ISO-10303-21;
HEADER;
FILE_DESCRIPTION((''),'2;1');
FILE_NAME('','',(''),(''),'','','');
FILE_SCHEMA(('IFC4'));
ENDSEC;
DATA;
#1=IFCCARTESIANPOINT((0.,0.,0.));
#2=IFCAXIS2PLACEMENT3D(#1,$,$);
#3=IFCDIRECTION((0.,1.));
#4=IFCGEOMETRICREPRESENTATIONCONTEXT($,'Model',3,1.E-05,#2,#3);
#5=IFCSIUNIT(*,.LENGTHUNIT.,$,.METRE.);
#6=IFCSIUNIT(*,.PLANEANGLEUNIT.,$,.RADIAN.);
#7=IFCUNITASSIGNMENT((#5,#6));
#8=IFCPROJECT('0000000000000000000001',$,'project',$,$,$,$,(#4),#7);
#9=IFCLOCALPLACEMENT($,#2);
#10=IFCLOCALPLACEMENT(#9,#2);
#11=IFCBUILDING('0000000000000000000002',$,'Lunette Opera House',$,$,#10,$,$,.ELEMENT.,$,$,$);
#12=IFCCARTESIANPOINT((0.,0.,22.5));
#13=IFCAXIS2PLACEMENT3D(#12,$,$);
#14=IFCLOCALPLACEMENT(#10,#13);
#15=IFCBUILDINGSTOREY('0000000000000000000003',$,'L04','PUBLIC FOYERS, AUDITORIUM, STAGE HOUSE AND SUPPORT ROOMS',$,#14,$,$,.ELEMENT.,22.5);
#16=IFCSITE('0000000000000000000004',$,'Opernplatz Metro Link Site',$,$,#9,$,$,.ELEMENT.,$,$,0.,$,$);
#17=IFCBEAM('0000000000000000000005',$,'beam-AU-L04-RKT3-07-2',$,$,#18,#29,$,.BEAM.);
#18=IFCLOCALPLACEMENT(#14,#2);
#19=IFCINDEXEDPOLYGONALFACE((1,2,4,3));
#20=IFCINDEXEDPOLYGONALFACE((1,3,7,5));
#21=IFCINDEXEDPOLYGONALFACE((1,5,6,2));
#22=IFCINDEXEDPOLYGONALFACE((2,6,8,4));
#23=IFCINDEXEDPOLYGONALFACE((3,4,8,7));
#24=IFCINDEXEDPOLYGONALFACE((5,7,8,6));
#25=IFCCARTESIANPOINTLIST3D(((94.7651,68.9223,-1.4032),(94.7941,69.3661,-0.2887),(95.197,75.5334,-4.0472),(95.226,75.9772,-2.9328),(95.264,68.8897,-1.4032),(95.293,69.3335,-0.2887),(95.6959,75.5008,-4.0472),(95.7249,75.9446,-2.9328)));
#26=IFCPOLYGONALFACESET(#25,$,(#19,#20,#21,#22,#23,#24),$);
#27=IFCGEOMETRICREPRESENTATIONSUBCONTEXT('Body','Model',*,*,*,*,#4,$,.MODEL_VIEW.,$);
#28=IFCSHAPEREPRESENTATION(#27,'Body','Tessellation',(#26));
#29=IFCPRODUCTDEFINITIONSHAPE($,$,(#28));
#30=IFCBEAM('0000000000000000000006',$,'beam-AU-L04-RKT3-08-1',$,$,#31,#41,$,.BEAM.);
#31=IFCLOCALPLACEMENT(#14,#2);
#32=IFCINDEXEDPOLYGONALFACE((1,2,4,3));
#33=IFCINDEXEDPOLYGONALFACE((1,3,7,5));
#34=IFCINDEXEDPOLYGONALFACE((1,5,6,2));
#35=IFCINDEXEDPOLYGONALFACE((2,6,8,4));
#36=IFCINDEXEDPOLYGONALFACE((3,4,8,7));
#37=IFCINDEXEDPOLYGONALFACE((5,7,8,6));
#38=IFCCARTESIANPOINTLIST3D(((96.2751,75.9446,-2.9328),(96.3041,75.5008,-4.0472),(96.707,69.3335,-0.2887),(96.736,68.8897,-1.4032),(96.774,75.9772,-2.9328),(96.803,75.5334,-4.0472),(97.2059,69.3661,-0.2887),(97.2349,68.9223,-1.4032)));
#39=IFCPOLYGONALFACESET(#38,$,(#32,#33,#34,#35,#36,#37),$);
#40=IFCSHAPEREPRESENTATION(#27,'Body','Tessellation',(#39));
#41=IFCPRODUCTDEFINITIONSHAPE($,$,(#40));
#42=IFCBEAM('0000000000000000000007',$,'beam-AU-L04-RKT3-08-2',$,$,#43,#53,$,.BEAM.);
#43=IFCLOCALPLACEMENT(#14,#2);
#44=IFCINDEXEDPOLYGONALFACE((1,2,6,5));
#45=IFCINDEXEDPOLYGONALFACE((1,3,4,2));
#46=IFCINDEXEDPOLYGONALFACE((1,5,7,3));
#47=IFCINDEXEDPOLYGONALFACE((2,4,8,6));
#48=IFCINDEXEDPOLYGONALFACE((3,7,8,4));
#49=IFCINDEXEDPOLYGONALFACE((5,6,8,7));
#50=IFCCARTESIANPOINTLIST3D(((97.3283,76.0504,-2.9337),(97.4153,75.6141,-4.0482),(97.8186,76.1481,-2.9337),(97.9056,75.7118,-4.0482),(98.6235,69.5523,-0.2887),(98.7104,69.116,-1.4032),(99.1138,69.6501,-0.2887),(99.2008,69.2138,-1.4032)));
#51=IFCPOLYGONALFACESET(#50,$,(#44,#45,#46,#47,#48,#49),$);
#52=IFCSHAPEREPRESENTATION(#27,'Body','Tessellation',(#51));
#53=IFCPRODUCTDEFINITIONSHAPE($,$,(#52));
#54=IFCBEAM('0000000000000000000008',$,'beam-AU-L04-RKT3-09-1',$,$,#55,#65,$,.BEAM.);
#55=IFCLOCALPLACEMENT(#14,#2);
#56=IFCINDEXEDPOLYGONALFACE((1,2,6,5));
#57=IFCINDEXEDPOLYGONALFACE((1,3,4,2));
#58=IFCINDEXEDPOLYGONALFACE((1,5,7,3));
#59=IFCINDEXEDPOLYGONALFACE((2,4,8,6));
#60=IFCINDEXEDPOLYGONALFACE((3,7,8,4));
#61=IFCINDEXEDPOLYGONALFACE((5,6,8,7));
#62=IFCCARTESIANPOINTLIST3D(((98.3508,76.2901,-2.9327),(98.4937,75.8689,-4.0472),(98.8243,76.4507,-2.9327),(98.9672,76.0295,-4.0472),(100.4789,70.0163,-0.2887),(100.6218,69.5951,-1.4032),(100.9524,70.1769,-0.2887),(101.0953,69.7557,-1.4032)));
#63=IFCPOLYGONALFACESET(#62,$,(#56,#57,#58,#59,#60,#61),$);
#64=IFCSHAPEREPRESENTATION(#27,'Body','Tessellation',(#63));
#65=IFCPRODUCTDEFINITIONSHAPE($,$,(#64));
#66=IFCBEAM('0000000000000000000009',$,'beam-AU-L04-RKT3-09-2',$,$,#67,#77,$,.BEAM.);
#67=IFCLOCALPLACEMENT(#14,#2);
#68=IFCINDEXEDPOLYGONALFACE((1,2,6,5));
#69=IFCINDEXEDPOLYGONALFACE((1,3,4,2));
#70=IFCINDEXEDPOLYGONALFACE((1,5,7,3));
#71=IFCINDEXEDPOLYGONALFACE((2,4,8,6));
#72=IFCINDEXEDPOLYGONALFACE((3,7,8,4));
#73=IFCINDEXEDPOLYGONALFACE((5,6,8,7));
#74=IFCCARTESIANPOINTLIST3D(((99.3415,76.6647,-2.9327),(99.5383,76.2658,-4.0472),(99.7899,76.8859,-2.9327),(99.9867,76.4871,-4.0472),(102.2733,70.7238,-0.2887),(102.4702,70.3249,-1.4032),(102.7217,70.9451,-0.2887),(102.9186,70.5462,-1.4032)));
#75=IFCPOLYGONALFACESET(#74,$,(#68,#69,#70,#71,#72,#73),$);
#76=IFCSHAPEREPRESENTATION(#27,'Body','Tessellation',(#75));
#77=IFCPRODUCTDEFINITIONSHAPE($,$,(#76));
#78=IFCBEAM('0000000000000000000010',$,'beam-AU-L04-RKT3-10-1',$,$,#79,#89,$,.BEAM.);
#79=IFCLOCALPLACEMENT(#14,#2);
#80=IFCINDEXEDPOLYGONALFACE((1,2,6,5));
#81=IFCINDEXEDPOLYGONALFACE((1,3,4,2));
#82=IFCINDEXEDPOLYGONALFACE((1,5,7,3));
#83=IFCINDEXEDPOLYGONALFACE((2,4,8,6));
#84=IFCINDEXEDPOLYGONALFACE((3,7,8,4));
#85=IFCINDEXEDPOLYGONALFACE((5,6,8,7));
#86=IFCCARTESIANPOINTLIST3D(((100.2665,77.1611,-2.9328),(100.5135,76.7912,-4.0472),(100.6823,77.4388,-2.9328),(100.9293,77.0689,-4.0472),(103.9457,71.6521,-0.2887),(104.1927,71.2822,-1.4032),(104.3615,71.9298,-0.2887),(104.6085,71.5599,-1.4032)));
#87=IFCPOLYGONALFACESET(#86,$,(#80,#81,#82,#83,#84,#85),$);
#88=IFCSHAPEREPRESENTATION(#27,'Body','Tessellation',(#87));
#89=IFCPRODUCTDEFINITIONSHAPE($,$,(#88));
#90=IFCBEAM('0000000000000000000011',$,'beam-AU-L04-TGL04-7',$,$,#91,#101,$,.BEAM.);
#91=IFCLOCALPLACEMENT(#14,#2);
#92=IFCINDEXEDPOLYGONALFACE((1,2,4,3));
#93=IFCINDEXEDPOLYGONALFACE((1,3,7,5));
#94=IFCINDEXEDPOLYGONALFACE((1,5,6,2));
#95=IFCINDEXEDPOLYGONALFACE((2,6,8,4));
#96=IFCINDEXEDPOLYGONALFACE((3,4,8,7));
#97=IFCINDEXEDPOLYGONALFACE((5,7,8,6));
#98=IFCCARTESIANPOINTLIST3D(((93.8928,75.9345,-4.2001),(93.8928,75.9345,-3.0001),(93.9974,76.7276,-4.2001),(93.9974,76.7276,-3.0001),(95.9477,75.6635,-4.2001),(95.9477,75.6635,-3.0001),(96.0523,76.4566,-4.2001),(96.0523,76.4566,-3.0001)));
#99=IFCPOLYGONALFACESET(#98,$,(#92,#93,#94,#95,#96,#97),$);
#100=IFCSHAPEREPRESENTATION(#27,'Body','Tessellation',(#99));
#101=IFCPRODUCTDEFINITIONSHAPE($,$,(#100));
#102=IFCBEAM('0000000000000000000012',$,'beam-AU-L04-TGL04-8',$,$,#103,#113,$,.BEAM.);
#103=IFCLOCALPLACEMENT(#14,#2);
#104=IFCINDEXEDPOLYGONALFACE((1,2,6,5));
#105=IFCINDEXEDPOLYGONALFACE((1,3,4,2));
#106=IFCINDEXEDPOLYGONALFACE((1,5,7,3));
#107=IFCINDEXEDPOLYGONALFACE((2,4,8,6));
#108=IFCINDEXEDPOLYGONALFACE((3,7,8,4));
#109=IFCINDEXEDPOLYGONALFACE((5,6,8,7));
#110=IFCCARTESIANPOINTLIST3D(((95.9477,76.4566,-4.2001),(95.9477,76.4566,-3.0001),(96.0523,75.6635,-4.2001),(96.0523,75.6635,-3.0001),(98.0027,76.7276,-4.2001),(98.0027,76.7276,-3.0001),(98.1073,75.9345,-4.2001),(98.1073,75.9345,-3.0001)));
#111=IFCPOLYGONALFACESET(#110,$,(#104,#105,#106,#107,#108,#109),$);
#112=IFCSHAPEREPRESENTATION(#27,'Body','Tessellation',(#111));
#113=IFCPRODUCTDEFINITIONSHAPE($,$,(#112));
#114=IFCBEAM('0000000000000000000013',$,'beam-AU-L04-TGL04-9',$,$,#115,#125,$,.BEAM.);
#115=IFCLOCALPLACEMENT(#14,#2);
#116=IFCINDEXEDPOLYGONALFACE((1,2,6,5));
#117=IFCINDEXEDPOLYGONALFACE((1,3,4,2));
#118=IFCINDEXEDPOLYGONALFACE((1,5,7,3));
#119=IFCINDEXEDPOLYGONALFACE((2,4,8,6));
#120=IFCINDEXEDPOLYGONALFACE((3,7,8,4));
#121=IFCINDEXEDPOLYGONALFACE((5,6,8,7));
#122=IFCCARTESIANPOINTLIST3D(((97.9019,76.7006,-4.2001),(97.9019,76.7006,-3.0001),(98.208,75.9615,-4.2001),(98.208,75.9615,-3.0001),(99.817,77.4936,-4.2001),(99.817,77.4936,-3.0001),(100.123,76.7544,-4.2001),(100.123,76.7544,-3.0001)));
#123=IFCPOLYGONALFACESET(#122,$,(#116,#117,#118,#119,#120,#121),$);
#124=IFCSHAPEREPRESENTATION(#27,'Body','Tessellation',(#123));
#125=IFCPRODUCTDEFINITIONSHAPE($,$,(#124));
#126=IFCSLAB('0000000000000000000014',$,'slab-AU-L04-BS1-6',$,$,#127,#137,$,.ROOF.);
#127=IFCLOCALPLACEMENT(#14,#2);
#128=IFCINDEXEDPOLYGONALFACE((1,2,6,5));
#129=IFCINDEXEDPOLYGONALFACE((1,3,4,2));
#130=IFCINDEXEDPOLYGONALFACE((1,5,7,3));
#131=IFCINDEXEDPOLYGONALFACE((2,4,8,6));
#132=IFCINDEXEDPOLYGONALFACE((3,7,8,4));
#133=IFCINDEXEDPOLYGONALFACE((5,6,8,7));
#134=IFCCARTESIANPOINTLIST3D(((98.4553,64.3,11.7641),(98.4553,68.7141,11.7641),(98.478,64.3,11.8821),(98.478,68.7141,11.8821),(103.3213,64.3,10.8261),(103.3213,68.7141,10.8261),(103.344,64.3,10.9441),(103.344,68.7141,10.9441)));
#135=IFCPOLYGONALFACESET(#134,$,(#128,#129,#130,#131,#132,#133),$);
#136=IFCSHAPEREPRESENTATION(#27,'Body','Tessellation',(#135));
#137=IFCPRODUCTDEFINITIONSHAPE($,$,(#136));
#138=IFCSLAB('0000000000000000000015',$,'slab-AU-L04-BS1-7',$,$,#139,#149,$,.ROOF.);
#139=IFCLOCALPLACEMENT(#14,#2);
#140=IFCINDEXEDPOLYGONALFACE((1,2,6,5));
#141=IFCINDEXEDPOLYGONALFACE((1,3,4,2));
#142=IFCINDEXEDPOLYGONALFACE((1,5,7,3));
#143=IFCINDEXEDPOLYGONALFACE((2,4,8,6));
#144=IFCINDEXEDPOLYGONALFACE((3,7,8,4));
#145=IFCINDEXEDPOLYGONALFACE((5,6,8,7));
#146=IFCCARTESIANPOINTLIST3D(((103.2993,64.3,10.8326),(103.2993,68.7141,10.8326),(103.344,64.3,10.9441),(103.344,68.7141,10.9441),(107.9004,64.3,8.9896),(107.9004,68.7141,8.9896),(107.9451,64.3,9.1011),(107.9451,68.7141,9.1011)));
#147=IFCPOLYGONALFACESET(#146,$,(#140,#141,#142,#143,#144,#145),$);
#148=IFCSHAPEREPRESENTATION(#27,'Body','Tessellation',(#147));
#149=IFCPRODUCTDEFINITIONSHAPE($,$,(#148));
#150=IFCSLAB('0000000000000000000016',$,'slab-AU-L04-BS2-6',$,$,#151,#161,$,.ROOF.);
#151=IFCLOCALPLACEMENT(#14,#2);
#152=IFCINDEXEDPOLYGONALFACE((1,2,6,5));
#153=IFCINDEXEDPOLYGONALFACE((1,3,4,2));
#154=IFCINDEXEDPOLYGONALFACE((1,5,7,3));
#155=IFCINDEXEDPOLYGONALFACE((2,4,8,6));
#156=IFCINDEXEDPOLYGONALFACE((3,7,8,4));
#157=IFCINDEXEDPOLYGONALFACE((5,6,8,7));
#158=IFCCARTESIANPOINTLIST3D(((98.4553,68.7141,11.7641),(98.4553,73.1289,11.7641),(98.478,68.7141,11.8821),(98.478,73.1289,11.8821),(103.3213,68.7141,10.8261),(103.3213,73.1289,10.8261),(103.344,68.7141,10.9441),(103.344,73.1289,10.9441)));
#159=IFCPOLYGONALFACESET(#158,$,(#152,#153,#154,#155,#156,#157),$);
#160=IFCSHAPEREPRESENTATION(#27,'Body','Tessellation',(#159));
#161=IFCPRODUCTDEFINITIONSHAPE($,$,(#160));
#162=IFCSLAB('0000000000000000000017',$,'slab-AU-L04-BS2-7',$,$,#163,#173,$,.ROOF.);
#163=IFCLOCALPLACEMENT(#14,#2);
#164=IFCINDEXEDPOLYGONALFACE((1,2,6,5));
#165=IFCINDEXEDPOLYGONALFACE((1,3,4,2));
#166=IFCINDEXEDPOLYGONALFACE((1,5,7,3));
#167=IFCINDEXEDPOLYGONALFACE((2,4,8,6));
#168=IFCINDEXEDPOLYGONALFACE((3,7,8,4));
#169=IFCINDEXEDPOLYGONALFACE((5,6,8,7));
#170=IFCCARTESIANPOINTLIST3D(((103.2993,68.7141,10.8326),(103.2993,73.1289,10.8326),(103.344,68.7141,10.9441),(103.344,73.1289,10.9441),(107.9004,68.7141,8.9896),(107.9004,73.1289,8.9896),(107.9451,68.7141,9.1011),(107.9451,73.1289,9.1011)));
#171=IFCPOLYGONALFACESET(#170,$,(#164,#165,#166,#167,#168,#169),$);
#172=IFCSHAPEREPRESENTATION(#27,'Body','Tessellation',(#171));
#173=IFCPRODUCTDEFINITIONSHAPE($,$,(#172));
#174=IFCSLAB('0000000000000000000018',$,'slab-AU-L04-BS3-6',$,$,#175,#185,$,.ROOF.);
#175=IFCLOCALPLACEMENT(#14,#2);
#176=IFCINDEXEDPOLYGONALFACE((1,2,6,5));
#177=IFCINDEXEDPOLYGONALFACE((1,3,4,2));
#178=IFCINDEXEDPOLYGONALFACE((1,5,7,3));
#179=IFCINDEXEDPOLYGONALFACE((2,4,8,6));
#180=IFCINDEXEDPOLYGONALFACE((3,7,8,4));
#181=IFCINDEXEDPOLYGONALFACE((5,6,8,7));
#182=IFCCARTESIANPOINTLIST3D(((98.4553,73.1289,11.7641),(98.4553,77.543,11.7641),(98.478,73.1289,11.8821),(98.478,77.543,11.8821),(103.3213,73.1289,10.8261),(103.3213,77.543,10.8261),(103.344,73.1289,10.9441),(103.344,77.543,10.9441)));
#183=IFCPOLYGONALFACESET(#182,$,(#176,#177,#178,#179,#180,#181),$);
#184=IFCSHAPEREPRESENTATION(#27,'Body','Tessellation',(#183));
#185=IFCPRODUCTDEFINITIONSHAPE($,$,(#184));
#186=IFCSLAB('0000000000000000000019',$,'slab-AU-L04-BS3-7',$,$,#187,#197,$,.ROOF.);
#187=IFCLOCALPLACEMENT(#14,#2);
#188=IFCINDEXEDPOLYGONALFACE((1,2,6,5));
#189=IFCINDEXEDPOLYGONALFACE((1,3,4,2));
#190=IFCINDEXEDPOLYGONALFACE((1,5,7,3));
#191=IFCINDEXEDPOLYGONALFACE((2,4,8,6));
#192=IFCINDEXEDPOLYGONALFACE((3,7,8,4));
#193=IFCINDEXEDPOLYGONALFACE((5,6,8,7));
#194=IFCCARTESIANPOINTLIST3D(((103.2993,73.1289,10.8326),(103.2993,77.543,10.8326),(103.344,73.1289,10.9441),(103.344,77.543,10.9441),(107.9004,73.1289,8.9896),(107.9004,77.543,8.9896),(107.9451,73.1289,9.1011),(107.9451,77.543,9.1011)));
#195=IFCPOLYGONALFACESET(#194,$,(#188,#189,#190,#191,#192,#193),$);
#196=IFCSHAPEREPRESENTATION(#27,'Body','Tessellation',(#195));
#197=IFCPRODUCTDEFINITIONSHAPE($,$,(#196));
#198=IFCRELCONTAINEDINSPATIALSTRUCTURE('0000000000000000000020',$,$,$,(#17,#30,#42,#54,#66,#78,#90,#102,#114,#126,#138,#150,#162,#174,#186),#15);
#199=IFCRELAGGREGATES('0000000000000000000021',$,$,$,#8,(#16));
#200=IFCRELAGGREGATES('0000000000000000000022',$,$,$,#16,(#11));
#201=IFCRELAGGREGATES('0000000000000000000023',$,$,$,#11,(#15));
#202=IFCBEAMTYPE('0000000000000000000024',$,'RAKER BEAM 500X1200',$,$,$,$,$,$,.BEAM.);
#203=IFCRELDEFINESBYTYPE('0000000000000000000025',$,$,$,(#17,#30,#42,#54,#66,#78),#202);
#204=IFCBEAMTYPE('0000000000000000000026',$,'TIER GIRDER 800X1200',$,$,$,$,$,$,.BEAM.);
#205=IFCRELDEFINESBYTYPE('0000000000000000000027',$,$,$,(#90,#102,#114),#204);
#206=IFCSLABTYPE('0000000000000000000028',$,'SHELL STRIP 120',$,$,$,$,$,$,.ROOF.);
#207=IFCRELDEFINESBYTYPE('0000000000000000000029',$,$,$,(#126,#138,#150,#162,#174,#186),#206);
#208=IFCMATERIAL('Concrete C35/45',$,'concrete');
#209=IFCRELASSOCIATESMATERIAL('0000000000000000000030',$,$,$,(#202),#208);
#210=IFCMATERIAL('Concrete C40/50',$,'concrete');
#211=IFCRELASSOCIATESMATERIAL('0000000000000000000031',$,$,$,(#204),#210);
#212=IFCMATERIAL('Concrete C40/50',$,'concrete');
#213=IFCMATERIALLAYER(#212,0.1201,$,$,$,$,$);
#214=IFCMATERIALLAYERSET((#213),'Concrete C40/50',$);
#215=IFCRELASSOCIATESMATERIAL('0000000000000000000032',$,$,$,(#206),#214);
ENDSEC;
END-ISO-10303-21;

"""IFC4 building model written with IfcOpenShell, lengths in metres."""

from ifc_helpers import new_model, si_unit, direction, frame, origin, origin_2d, place, context, subcontext, project, spatial, polyline, rectangle, outline, extrude, material, layer, layer_set, material_profile, profile_set, type_object, element, save


model = new_model("IFC4")

# Units and contexts
model_context = context("Model", 3, precision=1e-05, world=origin(), true_north=direction((0.0, 1.0)))
body_context = subcontext(model_context, "Body", "Model", "MODEL_VIEW")
ifc_project = project(units=[si_unit("LENGTHUNIT", "METRE"), si_unit("PLANEANGLEUNIT", "RADIAN")], contexts=[model_context])

# Site, building, storey
site_placement = place(None, origin())
site = spatial("IfcSite", under=ifc_project, at=site_placement, Name="Opernplatz Metro Link Site", CompositionType="ELEMENT", RefElevation=0.0)
building_placement = place(site_placement, origin())
building = spatial("IfcBuilding", under=site, at=building_placement, Name="Lunette Opera House", CompositionType="ELEMENT")
storey_placement = place(building_placement, frame((0.0, 0.0, 22.5)))
storey = spatial("IfcBuildingStorey", under=building, at=storey_placement, Name="L04", Description="PUBLIC FOYERS, AUDITORIUM, STAGE HOUSE AND SUPPORT ROOMS", CompositionType="ELEMENT", Elevation=22.5)

# Beams
ifc_material_1 = material(Name="Concrete C35/45", Category="concrete")
ifc_material_profile_1 = material_profile(ifc_material_1, rectangle(XDim=0.5, YDim=1.2, at=origin_2d()), Name="RAKER BEAM 500X1200")
ifc_profile_set_1 = profile_set([ifc_material_profile_1], Name="Concrete C35/45")
beam_type_1 = type_object("IfcBeamType", Name="RAKER BEAM 500X1200", PredefinedType="BEAM", material=ifc_profile_set_1)
for number, where, z_axis, x_axis, name in (
    (1, (95.0291, 69.1279, -0.8459), (0.060545, 0.926792, -0.370662), (-0.997873, 0.065188, 0.0), "beam-AU-L04-RKT3-07-2"),
    (2, (96.9709, 69.1279, -0.8459), (-0.060545, 0.926792, -0.370662), (-0.997873, -0.065188, 0.0), "beam-AU-L04-RKT3-08-1"),
):
    element("IfcBeam", number, at=place(storey_placement, frame(where, z_axis=z_axis, x_axis=x_axis)), inside=storey, type_object=beam_type_1, Name=name, PredefinedType="BEAM", context=body_context, shape_type="SweptSolid", body=[
        extrude(rectangle(XDim=0.5, YDim=1.2, at=origin_2d()), origin(), (0.0, 0.0, 1.0), 7.1333),
    ])
beam_1_placement = place(storey_placement, frame((98.9121, 69.3831, -0.8459), z_axis=(-0.181541, 0.910818, -0.370747), x_axis=(-0.980709, -0.195471, 0.0)))
element("IfcBeam", 3, at=beam_1_placement, inside=storey, type_object=beam_type_1, Name="beam-AU-L04-RKT3-08-2", PredefinedType="BEAM", context=body_context, shape_type="SweptSolid", body=[
    extrude(rectangle(XDim=0.5, YDim=1.2, at=origin_2d()), origin(), (0.0, 0.0, 1.0), 7.1343),
])
for number, where, z_axis, x_axis, name in (
    (4, (100.7871, 69.886, -0.8459), (-0.298349, 0.879541, -0.370668), (-0.947001, -0.321231, 0.0), "beam-AU-L04-RKT3-09-1"),
    (5, (102.5959, 70.635, -0.8459), (-0.411024, 0.832864, -0.370671), (-0.896744, -0.44255, 0.0), "beam-AU-L04-RKT3-09-2"),
):
    element("IfcBeam", number, at=place(storey_placement, frame(where, z_axis=z_axis, x_axis=x_axis)), inside=storey, type_object=beam_type_1, Name=name, PredefinedType="BEAM", context=body_context, shape_type="SweptSolid", body=[
        extrude(rectangle(XDim=0.5, YDim=1.2, at=origin_2d()), origin(), (0.0, 0.0, 1.0), 7.1331),
    ])
beam_2_placement = place(storey_placement, frame((104.2771, 71.606, -0.8459), z_axis=(-0.515814, 0.772352, -0.370688), x_axis=(-0.831596, -0.55538, 0.0)))
element("IfcBeam", 6, at=beam_2_placement, inside=storey, type_object=beam_type_1, Name="beam-AU-L04-RKT3-10-1", PredefinedType="BEAM", context=body_context, shape_type="SweptSolid", body=[
    extrude(rectangle(XDim=0.5, YDim=1.2, at=origin_2d()), origin(), (0.0, 0.0, 1.0), 7.1328),
])
ifc_material_2 = material(Name="Concrete C40/50", Category="concrete")
ifc_material_profile_2 = material_profile(ifc_material_2, rectangle(XDim=0.8, YDim=1.2, at=origin_2d()), Name="TIER GIRDER 800X1200")
ifc_profile_set_2 = profile_set([ifc_material_profile_2], Name="Concrete C40/50")
beam_type_2 = type_object("IfcBeamType", Name="TIER GIRDER 800X1200", PredefinedType="BEAM", material=ifc_profile_set_2)
for number, where, z_axis, x_axis, name in (
    (7, (93.9451, 76.3311, -3.6001), (0.991416, -0.130744, 0.0), (0.130744, 0.991416, 0.0), "beam-AU-L04-TGL04-7"),
    (8, (96.0, 76.0601, -3.6001), (0.991416, 0.130744, 0.0), (-0.130744, 0.991416, 0.0), "beam-AU-L04-TGL04-8"),
    (9, (98.0549, 76.3311, -3.6001), (0.923925, 0.382574, 0.0), (-0.382574, 0.923925, 0.0), "beam-AU-L04-TGL04-9"),
):
    element("IfcBeam", number, at=place(storey_placement, frame(where, z_axis=z_axis, x_axis=x_axis)), inside=storey, type_object=beam_type_2, Name=name, PredefinedType="BEAM", context=body_context, shape_type="SweptSolid", body=[
        extrude(rectangle(XDim=0.8, YDim=1.2, at=origin_2d()), origin(), (0.0, 0.0, 1.0), 2.0728),
    ])

# Slabs
ifc_material_3 = material(Name="Concrete C40/50", Category="concrete")
ifc_layer_1 = layer(ifc_material_3, 0.1201)
ifc_layer_set_1 = layer_set([ifc_layer_1], Name="Concrete C40/50")
slab_type_1 = type_object("IfcSlabType", Name="SHELL STRIP 120", PredefinedType="ROOF", material=ifc_layer_set_1)
slab_1_placement = place(storey_placement, frame((98.478, 64.3, 11.8821), z_axis=(0.18928, 0.0, 0.981923), x_axis=(0.981923, 0.0, -0.18928)))
element("IfcSlab", 10, at=slab_1_placement, inside=storey, type_object=slab_type_1, Name="slab-AU-L04-BS1-6", PredefinedType="ROOF", context=body_context, shape_type="SweptSolid", body=[
    extrude(outline(polyline([(0.0, 0.0), (4.9555, 0.0), (4.9555, 4.4141), (0.0, 4.4141), (0.0, 0.0)])), origin(), (0.0, 0.0, -1.0), 0.1201),
])
slab_2_placement = place(storey_placement, frame((103.344, 64.3, 10.9441), z_axis=(0.371841, 0.0, 0.928297), x_axis=(0.928297, 0.0, -0.371841)))
element("IfcSlab", 11, at=slab_2_placement, inside=storey, type_object=slab_type_1, Name="slab-AU-L04-BS1-7", PredefinedType="ROOF", context=body_context, shape_type="SweptSolid", body=[
    extrude(outline(polyline([(0.0, 0.0), (4.9565, 0.0), (4.9565, 4.4141), (0.0, 4.4141), (0.0, 0.0)])), origin(), (0.0, 0.0, -1.0), 0.1201),
])
slab_3_placement = place(storey_placement, frame((98.478, 68.7141, 11.8821), z_axis=(0.18928, 0.0, 0.981923), x_axis=(0.981923, 0.0, -0.18928)))
element("IfcSlab", 12, at=slab_3_placement, inside=storey, type_object=slab_type_1, Name="slab-AU-L04-BS2-6", PredefinedType="ROOF", context=body_context, shape_type="SweptSolid", body=[
    extrude(outline(polyline([(0.0, 0.0), (4.9555, 0.0), (4.9555, 4.4148), (0.0, 4.4148), (0.0, 0.0)])), origin(), (0.0, 0.0, -1.0), 0.1201),
])
slab_4_placement = place(storey_placement, frame((103.344, 68.7141, 10.9441), z_axis=(0.371841, 0.0, 0.928297), x_axis=(0.928297, 0.0, -0.371841)))
element("IfcSlab", 13, at=slab_4_placement, inside=storey, type_object=slab_type_1, Name="slab-AU-L04-BS2-7", PredefinedType="ROOF", context=body_context, shape_type="SweptSolid", body=[
    extrude(outline(polyline([(0.0, 0.0), (4.9565, 0.0), (4.9565, 4.4148), (0.0, 4.4148), (0.0, 0.0)])), origin(), (0.0, 0.0, -1.0), 0.1201),
])
slab_5_placement = place(storey_placement, frame((98.478, 73.1289, 11.8821), z_axis=(0.18928, 0.0, 0.981923), x_axis=(0.981923, 0.0, -0.18928)))
element("IfcSlab", 14, at=slab_5_placement, inside=storey, type_object=slab_type_1, Name="slab-AU-L04-BS3-6", PredefinedType="ROOF", context=body_context, shape_type="SweptSolid", body=[
    extrude(outline(polyline([(0.0, 0.0), (4.9555, 0.0), (4.9555, 4.4141), (0.0, 4.4141), (0.0, 0.0)])), origin(), (0.0, 0.0, -1.0), 0.1201),
])
slab_6_placement = place(storey_placement, frame((103.344, 73.1289, 10.9441), z_axis=(0.371841, 0.0, 0.928297), x_axis=(0.928297, 0.0, -0.371841)))
element("IfcSlab", 15, at=slab_6_placement, inside=storey, type_object=slab_type_1, Name="slab-AU-L04-BS3-7", PredefinedType="ROOF", context=body_context, shape_type="SweptSolid", body=[
    extrude(outline(polyline([(0.0, 0.0), (4.9565, 0.0), (4.9565, 4.4141), (0.0, 4.4141), (0.0, 0.0)])), origin(), (0.0, 0.0, -1.0), 0.1201),
])

save(model, "model.ifc")
